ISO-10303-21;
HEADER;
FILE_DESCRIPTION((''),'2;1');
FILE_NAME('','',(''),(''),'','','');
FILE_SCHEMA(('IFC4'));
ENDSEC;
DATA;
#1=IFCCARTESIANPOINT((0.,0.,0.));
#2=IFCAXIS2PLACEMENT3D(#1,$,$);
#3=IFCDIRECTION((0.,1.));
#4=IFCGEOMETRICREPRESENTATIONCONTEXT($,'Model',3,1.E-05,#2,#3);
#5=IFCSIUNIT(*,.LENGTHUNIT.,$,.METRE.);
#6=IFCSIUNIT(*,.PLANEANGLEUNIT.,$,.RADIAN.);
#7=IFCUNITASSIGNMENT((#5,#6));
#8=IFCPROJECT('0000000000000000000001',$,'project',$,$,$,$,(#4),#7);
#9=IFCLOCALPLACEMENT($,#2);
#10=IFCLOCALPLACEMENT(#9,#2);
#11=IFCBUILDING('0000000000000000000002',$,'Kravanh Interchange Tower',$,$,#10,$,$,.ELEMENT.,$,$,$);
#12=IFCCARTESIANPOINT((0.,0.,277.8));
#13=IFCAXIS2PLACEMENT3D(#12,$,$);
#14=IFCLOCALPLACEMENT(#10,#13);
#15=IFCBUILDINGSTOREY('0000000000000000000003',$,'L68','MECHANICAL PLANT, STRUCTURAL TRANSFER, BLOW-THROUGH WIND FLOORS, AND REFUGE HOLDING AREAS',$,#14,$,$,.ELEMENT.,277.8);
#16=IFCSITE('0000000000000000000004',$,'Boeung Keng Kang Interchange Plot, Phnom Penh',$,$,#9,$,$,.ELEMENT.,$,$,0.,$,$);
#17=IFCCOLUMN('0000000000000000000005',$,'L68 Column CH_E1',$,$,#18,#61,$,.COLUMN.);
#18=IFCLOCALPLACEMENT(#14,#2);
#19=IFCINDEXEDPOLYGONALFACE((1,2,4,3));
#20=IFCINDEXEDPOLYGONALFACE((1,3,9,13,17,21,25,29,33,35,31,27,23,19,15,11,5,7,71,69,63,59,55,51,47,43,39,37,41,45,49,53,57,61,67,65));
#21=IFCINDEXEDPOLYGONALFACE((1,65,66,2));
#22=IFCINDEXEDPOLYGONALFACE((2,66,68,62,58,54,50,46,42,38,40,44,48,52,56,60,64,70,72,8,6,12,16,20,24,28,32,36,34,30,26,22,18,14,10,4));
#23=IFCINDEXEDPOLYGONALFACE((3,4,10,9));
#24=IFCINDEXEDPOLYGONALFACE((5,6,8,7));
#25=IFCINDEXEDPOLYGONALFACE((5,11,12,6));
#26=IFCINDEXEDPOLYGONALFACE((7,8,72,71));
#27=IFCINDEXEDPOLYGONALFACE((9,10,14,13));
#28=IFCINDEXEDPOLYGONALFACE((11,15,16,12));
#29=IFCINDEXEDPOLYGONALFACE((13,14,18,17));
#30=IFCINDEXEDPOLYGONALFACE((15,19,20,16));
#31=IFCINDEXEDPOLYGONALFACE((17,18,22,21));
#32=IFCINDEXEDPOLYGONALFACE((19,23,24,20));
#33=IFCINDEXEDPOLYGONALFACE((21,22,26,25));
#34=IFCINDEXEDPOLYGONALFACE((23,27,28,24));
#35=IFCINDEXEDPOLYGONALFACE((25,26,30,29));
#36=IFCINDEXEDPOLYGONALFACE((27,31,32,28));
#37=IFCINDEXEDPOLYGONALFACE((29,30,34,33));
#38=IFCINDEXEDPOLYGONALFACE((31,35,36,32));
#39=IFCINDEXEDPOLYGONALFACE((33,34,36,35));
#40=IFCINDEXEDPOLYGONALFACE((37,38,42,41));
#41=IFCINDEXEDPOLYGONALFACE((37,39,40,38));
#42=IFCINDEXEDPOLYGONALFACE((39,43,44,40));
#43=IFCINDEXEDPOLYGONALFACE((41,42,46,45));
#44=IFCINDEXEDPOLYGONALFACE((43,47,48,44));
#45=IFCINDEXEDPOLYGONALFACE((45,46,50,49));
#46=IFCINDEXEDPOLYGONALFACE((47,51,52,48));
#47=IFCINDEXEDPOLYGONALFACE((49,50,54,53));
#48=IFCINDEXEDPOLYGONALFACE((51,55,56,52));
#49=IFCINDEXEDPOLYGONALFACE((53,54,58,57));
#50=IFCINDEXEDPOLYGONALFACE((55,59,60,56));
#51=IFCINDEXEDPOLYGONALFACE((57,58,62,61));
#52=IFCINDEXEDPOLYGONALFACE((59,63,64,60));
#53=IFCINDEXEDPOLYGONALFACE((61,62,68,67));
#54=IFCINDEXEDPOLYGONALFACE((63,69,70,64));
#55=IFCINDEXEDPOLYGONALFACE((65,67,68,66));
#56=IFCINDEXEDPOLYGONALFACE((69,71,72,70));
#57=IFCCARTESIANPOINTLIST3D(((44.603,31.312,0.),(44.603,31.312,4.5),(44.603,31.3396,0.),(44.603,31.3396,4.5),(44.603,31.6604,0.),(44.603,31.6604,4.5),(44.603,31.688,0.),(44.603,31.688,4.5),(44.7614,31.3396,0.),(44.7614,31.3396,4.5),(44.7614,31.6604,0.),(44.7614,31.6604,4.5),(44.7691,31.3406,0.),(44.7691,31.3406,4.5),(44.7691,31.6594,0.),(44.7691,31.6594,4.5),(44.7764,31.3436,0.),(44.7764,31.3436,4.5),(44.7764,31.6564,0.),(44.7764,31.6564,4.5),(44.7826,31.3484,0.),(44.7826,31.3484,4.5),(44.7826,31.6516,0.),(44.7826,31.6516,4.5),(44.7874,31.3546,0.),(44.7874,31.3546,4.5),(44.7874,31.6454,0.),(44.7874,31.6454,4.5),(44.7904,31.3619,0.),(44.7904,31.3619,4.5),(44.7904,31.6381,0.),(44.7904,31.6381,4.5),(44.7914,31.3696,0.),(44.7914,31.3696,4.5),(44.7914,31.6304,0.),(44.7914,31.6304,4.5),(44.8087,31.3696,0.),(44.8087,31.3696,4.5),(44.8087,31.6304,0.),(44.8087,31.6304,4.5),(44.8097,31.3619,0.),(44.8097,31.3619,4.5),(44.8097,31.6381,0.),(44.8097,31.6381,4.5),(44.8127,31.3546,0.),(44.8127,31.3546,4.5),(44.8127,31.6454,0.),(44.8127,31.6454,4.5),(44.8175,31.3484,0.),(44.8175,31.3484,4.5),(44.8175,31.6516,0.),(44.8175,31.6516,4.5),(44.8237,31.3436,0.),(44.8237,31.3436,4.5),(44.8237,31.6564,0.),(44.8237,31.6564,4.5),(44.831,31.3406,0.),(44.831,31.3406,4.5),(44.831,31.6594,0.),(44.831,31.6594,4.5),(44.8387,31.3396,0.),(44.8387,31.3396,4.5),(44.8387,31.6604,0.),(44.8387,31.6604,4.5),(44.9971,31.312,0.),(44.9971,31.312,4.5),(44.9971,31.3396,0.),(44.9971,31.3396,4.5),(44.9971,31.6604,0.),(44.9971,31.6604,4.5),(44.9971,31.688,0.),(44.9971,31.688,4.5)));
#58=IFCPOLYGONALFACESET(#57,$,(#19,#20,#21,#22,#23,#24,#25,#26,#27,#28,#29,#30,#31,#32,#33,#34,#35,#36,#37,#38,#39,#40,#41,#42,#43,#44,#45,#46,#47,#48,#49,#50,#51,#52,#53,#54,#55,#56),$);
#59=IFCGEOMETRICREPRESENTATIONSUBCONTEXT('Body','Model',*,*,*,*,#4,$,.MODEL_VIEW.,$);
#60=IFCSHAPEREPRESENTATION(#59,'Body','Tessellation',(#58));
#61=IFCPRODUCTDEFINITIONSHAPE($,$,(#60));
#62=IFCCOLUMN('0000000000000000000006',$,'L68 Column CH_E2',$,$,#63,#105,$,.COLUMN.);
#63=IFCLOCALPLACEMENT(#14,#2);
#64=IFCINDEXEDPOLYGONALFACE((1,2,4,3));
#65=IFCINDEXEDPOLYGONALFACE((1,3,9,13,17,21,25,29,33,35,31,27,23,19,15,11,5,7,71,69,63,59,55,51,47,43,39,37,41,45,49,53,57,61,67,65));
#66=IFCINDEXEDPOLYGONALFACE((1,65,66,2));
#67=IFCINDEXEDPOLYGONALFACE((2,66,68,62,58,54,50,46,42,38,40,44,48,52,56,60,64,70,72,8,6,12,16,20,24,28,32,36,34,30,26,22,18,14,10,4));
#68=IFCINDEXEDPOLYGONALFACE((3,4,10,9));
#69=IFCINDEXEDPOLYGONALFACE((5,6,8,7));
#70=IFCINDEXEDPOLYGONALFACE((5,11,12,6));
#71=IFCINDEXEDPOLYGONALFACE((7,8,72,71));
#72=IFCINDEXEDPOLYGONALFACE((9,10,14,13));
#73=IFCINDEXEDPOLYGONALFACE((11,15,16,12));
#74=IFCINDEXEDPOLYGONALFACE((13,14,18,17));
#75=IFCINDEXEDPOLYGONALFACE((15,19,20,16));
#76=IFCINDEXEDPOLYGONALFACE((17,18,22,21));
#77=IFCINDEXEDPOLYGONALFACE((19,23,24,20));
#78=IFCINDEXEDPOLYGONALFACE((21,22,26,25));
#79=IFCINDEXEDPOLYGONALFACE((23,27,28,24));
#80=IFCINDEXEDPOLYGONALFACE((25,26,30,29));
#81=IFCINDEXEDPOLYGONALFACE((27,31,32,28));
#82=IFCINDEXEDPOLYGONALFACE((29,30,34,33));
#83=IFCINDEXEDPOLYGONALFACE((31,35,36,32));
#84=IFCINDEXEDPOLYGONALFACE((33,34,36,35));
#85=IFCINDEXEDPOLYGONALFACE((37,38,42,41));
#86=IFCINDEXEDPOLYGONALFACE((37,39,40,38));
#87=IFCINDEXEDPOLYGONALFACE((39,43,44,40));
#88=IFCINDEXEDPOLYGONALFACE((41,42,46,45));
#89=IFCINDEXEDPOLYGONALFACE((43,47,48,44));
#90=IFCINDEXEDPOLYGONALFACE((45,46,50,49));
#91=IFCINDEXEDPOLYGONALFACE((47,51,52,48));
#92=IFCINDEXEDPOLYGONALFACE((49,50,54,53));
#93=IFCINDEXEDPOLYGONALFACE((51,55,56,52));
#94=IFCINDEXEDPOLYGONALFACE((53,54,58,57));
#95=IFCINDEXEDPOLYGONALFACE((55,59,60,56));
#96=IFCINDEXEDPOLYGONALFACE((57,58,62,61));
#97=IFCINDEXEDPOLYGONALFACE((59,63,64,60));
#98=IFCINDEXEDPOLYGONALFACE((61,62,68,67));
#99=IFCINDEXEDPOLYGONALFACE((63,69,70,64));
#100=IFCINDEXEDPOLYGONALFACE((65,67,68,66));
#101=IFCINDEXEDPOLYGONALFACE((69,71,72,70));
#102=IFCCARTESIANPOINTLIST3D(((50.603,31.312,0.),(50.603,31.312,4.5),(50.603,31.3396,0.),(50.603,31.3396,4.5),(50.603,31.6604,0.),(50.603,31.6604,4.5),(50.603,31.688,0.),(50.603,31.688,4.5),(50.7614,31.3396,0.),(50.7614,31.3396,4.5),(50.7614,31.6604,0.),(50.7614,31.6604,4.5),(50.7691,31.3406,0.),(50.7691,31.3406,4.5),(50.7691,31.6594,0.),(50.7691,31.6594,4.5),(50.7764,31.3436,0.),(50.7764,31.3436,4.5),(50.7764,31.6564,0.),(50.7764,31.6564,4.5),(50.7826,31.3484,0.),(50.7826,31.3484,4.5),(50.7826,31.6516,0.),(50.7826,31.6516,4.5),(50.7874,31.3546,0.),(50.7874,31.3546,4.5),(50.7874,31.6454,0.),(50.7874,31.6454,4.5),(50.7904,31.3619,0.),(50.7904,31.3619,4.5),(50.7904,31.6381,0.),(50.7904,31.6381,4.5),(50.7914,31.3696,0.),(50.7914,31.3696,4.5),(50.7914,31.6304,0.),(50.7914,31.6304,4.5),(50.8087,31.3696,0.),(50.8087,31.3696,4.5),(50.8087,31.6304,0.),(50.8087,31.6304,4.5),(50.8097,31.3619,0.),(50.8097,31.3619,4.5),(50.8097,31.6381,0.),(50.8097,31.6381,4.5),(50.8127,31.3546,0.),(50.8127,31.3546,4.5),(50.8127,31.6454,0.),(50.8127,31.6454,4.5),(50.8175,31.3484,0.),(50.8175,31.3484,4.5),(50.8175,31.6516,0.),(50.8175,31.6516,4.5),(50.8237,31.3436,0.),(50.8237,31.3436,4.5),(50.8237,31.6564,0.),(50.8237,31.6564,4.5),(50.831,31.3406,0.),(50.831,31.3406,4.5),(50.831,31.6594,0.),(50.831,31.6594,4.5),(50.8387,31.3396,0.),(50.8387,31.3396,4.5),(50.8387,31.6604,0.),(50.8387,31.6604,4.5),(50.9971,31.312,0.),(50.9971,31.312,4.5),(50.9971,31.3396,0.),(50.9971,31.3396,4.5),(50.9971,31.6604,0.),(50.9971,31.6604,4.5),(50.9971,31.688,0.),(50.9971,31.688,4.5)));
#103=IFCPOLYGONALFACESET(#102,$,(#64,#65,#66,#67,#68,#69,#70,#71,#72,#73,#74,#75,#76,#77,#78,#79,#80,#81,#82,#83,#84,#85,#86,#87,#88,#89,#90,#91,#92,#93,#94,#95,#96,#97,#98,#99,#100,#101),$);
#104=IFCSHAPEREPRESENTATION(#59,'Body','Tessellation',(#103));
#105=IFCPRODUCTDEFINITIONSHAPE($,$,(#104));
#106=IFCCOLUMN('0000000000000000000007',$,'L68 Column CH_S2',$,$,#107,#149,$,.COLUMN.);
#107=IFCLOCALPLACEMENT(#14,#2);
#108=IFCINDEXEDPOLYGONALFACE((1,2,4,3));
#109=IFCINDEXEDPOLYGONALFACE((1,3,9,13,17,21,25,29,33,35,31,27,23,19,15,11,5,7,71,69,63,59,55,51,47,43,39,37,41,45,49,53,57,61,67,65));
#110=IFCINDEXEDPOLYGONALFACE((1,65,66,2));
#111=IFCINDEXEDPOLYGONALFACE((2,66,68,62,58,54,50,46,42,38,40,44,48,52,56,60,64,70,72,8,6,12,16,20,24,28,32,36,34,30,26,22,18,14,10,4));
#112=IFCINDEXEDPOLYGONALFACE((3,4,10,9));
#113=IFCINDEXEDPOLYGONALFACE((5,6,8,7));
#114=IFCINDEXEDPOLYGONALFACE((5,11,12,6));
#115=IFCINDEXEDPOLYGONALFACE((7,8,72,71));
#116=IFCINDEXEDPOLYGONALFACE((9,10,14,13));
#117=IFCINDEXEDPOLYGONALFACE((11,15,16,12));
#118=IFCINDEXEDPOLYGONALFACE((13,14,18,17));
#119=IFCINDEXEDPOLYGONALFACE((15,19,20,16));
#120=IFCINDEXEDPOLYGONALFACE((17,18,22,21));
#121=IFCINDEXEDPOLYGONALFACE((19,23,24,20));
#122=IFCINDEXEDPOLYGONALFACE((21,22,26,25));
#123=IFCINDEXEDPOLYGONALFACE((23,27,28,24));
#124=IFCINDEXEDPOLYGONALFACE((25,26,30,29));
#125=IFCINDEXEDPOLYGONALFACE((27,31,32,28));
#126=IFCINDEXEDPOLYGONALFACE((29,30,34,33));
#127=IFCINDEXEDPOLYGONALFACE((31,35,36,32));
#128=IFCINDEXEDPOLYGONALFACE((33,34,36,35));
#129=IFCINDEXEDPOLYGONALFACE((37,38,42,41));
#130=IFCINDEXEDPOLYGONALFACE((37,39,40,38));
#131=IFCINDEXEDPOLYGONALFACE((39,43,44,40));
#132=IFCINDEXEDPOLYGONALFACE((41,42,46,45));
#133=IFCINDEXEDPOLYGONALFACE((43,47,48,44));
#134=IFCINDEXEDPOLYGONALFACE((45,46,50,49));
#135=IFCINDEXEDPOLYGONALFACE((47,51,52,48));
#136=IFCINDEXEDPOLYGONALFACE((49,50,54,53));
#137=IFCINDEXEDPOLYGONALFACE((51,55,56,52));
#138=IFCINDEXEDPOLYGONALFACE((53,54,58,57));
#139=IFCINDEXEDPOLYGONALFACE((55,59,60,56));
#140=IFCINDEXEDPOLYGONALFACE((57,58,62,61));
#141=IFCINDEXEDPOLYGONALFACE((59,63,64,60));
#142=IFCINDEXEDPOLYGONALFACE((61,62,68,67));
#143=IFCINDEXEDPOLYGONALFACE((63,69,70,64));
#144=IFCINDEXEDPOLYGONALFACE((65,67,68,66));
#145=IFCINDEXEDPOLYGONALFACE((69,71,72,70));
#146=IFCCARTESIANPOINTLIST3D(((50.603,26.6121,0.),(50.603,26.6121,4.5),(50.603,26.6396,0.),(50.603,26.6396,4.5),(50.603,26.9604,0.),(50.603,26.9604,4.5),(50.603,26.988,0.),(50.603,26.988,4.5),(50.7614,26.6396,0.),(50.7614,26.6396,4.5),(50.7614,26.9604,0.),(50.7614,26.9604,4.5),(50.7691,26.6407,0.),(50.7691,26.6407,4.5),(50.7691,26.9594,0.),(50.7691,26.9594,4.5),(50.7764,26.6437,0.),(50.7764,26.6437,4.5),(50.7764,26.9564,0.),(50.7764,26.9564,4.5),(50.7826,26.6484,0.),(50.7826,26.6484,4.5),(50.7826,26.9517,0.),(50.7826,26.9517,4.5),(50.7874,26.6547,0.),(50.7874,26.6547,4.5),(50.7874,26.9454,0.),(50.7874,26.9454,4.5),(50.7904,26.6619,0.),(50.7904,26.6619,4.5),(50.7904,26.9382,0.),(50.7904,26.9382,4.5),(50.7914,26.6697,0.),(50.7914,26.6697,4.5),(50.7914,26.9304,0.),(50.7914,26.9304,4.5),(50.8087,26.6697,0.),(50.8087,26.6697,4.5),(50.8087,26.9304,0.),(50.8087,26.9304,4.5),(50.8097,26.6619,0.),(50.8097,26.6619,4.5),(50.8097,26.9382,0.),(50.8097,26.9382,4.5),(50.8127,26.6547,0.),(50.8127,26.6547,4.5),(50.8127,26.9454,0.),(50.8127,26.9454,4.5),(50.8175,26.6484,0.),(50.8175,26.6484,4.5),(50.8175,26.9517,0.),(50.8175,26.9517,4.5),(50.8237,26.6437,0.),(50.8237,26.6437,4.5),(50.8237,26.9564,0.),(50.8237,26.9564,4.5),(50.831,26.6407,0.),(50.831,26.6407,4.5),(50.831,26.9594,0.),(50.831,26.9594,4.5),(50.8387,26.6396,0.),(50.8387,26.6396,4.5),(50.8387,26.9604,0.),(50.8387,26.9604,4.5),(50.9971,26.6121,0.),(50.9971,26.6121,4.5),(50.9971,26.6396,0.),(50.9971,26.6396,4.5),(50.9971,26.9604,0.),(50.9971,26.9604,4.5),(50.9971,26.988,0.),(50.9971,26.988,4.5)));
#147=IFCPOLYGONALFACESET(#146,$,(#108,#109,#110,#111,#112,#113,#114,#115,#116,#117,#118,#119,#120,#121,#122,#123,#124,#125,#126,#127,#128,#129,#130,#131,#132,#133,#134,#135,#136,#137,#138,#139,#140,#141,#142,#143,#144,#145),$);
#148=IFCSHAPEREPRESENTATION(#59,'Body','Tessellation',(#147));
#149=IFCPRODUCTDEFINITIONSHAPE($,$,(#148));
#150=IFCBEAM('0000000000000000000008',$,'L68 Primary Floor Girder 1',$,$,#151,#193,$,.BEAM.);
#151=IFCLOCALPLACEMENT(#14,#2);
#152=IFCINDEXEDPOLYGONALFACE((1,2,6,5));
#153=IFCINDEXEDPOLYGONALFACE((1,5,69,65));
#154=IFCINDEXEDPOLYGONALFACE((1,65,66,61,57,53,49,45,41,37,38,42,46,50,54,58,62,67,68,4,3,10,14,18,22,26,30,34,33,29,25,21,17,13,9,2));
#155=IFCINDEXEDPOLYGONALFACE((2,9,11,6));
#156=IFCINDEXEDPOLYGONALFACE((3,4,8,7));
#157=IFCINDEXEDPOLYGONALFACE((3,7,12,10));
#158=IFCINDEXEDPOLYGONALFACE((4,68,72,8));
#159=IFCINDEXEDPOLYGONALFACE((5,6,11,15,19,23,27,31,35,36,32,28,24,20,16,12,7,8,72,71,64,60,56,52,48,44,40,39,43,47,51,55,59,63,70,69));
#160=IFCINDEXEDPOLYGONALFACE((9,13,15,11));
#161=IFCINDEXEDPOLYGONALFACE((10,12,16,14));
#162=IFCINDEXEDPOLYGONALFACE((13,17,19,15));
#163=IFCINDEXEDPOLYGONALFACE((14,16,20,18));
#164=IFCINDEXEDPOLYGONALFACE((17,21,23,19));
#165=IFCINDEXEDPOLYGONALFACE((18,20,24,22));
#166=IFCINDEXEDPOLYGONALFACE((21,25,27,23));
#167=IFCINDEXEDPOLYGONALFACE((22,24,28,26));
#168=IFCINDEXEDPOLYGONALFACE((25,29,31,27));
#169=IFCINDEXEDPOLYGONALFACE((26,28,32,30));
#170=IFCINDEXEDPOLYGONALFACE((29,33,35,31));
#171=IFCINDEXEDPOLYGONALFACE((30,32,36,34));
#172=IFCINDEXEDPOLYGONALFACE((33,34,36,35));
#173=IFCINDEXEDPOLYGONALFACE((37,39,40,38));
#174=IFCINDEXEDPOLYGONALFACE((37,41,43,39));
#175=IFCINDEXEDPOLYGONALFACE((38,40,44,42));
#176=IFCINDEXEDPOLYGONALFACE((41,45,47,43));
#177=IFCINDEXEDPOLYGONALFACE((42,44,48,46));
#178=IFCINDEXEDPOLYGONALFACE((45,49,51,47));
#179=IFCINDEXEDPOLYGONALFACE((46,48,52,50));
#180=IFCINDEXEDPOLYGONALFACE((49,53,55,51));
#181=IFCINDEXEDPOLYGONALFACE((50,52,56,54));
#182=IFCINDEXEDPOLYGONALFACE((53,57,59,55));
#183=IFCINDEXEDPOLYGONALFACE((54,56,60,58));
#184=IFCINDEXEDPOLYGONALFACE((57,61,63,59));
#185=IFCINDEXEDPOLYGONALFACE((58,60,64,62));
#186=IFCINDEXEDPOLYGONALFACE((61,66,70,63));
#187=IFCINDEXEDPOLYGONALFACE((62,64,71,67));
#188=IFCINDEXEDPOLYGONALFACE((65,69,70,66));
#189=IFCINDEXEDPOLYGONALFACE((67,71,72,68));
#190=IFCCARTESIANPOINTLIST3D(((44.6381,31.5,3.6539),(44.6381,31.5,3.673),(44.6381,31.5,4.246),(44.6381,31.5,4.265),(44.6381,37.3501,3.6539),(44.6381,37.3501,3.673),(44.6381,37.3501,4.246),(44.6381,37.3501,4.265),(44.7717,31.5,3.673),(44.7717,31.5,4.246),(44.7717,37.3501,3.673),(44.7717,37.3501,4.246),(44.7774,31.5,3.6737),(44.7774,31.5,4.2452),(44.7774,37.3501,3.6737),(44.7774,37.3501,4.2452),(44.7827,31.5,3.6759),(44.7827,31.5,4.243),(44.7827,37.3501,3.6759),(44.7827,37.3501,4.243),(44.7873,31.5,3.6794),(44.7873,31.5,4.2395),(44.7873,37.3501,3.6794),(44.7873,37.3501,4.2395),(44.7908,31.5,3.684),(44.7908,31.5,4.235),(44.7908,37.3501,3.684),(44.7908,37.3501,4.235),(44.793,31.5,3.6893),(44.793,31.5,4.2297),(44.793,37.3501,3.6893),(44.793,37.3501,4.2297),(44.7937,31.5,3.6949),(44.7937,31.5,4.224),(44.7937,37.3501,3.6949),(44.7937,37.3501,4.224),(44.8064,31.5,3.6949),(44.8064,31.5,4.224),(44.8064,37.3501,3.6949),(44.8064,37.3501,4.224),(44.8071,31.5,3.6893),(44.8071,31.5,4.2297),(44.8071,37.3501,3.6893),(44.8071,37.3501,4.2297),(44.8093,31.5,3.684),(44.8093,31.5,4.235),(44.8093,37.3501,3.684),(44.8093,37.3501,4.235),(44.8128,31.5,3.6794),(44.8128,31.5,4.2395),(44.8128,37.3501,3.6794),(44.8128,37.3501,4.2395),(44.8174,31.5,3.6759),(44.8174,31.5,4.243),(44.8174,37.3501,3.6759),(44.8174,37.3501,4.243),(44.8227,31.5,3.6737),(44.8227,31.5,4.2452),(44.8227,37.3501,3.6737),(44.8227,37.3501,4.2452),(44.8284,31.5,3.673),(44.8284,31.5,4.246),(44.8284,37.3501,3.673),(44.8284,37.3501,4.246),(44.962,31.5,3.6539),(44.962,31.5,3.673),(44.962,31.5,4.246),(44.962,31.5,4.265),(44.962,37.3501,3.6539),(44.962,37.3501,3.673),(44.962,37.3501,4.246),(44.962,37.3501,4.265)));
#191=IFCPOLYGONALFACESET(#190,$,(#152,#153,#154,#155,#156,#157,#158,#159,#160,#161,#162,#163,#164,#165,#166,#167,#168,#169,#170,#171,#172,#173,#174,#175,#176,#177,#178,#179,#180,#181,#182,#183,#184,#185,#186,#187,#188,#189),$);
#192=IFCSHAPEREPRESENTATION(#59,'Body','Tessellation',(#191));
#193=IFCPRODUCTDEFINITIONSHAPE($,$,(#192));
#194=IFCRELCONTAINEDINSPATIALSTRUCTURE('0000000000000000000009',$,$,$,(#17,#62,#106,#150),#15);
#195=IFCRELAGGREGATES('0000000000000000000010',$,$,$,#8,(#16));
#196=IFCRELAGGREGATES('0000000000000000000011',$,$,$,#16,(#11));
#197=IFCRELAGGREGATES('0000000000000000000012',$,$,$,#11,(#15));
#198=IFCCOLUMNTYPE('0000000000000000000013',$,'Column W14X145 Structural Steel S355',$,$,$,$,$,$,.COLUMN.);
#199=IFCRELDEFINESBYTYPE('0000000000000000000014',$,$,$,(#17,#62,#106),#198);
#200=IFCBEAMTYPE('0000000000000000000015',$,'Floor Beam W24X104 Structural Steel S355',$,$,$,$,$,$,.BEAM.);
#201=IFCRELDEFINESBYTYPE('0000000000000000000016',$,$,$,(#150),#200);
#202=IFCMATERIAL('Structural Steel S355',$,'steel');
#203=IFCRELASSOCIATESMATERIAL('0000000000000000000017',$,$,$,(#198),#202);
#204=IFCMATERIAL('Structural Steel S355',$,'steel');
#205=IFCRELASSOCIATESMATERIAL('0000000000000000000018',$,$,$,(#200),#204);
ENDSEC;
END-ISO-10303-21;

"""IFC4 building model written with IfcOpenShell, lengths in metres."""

from ifc_helpers import new_model, si_unit, direction, frame, origin, origin_2d, place, context, subcontext, project, spatial, i_section, extrude, material, material_profile, profile_set, type_object, element, save


model = new_model("IFC4")

# Units and contexts
model_context = context("Model", 3, precision=1e-05, world=origin(), true_north=direction((0.0, 1.0)))
body_context = subcontext(model_context, "Body", "Model", "MODEL_VIEW")
ifc_project = project(units=[si_unit("LENGTHUNIT", "METRE"), si_unit("PLANEANGLEUNIT", "RADIAN")], contexts=[model_context])

# Site, building, storey
site_placement = place(None, origin())
site = spatial("IfcSite", under=ifc_project, at=site_placement, Name="Boeung Keng Kang Interchange Plot, Phnom Penh", CompositionType="ELEMENT", RefElevation=0.0)
building_placement = place(site_placement, origin())
building = spatial("IfcBuilding", under=site, at=building_placement, Name="Kravanh Interchange Tower", CompositionType="ELEMENT")
storey_placement = place(building_placement, frame((0.0, 0.0, 277.8)))
storey = spatial("IfcBuildingStorey", under=building, at=storey_placement, Name="L68", Description="MECHANICAL PLANT, STRUCTURAL TRANSFER, BLOW-THROUGH WIND FLOORS, AND REFUGE HOLDING AREAS", CompositionType="ELEMENT", Elevation=277.8)

# Columns
ifc_material_1 = material(Name="Structural Steel S355", Category="steel")
ifc_material_profile_1 = material_profile(ifc_material_1, i_section(OverallWidth=0.394, OverallDepth=0.376, WebThickness=0.0173, FlangeThickness=0.0276, FilletRadius=0.03, at=origin_2d()), Name="W14X145")
ifc_profile_set_1 = profile_set([ifc_material_profile_1], Name="Structural Steel S355")
column_type = type_object("IfcColumnType", Name="Column W14X145 Structural Steel S355", PredefinedType="COLUMN", material=ifc_profile_set_1)
for number, where, z_axis, x_axis, name in (
    (1, (44.8, 31.5, 0.0), (0.0, 0.0, 1.0), (1.0, 0.0, 0.0), "L68 Column CH_E1"),
    (2, (50.8, 31.5, 0.0), (0.0, 0.0, 1.0), (1.0, 0.0, 0.0), "L68 Column CH_E2"),
    (3, (50.8, 26.8, 0.0), (0.0, 0.0, 1.0), (1.0, 0.0, 0.0), "L68 Column CH_S2"),
):
    element("IfcColumn", number, at=place(storey_placement, frame(where, z_axis=z_axis, x_axis=x_axis)), inside=storey, type_object=column_type, Name=name, PredefinedType="COLUMN", context=body_context, shape_type="SweptSolid", body=[
        extrude(i_section(OverallWidth=0.394, OverallDepth=0.376, WebThickness=0.0173, FlangeThickness=0.0276, FilletRadius=0.03, at=origin_2d()), origin(), (0.0, 0.0, 1.0), 4.5),
    ])

# Beam
ifc_material_2 = material(Name="Structural Steel S355", Category="steel")
ifc_material_profile_2 = material_profile(ifc_material_2, i_section(OverallWidth=0.324, OverallDepth=0.6111, WebThickness=0.0127, FlangeThickness=0.019, FilletRadius=0.022, at=origin_2d()), Name="W24X104")
ifc_profile_set_2 = profile_set([ifc_material_profile_2], Name="Structural Steel S355")
beam_type_1 = type_object("IfcBeamType", Name="Floor Beam W24X104 Structural Steel S355", PredefinedType="BEAM", material=ifc_profile_set_2)
beam_1_placement = place(storey_placement, frame((44.8, 31.5, 3.9595), z_axis=(0.0, 1.0, 0.0), x_axis=(-1.0, 0.0, 0.0)))
element("IfcBeam", 4, at=beam_1_placement, inside=storey, type_object=beam_type_1, Name="L68 Primary Floor Girder 1", PredefinedType="BEAM", context=body_context, shape_type="SweptSolid", body=[
    extrude(i_section(OverallWidth=0.324, OverallDepth=0.6111, WebThickness=0.0127, FlangeThickness=0.019, FilletRadius=0.022, at=origin_2d()), origin(), (0.0, 0.0, 1.0), 5.8501),
])

save(model, "model.ifc")
